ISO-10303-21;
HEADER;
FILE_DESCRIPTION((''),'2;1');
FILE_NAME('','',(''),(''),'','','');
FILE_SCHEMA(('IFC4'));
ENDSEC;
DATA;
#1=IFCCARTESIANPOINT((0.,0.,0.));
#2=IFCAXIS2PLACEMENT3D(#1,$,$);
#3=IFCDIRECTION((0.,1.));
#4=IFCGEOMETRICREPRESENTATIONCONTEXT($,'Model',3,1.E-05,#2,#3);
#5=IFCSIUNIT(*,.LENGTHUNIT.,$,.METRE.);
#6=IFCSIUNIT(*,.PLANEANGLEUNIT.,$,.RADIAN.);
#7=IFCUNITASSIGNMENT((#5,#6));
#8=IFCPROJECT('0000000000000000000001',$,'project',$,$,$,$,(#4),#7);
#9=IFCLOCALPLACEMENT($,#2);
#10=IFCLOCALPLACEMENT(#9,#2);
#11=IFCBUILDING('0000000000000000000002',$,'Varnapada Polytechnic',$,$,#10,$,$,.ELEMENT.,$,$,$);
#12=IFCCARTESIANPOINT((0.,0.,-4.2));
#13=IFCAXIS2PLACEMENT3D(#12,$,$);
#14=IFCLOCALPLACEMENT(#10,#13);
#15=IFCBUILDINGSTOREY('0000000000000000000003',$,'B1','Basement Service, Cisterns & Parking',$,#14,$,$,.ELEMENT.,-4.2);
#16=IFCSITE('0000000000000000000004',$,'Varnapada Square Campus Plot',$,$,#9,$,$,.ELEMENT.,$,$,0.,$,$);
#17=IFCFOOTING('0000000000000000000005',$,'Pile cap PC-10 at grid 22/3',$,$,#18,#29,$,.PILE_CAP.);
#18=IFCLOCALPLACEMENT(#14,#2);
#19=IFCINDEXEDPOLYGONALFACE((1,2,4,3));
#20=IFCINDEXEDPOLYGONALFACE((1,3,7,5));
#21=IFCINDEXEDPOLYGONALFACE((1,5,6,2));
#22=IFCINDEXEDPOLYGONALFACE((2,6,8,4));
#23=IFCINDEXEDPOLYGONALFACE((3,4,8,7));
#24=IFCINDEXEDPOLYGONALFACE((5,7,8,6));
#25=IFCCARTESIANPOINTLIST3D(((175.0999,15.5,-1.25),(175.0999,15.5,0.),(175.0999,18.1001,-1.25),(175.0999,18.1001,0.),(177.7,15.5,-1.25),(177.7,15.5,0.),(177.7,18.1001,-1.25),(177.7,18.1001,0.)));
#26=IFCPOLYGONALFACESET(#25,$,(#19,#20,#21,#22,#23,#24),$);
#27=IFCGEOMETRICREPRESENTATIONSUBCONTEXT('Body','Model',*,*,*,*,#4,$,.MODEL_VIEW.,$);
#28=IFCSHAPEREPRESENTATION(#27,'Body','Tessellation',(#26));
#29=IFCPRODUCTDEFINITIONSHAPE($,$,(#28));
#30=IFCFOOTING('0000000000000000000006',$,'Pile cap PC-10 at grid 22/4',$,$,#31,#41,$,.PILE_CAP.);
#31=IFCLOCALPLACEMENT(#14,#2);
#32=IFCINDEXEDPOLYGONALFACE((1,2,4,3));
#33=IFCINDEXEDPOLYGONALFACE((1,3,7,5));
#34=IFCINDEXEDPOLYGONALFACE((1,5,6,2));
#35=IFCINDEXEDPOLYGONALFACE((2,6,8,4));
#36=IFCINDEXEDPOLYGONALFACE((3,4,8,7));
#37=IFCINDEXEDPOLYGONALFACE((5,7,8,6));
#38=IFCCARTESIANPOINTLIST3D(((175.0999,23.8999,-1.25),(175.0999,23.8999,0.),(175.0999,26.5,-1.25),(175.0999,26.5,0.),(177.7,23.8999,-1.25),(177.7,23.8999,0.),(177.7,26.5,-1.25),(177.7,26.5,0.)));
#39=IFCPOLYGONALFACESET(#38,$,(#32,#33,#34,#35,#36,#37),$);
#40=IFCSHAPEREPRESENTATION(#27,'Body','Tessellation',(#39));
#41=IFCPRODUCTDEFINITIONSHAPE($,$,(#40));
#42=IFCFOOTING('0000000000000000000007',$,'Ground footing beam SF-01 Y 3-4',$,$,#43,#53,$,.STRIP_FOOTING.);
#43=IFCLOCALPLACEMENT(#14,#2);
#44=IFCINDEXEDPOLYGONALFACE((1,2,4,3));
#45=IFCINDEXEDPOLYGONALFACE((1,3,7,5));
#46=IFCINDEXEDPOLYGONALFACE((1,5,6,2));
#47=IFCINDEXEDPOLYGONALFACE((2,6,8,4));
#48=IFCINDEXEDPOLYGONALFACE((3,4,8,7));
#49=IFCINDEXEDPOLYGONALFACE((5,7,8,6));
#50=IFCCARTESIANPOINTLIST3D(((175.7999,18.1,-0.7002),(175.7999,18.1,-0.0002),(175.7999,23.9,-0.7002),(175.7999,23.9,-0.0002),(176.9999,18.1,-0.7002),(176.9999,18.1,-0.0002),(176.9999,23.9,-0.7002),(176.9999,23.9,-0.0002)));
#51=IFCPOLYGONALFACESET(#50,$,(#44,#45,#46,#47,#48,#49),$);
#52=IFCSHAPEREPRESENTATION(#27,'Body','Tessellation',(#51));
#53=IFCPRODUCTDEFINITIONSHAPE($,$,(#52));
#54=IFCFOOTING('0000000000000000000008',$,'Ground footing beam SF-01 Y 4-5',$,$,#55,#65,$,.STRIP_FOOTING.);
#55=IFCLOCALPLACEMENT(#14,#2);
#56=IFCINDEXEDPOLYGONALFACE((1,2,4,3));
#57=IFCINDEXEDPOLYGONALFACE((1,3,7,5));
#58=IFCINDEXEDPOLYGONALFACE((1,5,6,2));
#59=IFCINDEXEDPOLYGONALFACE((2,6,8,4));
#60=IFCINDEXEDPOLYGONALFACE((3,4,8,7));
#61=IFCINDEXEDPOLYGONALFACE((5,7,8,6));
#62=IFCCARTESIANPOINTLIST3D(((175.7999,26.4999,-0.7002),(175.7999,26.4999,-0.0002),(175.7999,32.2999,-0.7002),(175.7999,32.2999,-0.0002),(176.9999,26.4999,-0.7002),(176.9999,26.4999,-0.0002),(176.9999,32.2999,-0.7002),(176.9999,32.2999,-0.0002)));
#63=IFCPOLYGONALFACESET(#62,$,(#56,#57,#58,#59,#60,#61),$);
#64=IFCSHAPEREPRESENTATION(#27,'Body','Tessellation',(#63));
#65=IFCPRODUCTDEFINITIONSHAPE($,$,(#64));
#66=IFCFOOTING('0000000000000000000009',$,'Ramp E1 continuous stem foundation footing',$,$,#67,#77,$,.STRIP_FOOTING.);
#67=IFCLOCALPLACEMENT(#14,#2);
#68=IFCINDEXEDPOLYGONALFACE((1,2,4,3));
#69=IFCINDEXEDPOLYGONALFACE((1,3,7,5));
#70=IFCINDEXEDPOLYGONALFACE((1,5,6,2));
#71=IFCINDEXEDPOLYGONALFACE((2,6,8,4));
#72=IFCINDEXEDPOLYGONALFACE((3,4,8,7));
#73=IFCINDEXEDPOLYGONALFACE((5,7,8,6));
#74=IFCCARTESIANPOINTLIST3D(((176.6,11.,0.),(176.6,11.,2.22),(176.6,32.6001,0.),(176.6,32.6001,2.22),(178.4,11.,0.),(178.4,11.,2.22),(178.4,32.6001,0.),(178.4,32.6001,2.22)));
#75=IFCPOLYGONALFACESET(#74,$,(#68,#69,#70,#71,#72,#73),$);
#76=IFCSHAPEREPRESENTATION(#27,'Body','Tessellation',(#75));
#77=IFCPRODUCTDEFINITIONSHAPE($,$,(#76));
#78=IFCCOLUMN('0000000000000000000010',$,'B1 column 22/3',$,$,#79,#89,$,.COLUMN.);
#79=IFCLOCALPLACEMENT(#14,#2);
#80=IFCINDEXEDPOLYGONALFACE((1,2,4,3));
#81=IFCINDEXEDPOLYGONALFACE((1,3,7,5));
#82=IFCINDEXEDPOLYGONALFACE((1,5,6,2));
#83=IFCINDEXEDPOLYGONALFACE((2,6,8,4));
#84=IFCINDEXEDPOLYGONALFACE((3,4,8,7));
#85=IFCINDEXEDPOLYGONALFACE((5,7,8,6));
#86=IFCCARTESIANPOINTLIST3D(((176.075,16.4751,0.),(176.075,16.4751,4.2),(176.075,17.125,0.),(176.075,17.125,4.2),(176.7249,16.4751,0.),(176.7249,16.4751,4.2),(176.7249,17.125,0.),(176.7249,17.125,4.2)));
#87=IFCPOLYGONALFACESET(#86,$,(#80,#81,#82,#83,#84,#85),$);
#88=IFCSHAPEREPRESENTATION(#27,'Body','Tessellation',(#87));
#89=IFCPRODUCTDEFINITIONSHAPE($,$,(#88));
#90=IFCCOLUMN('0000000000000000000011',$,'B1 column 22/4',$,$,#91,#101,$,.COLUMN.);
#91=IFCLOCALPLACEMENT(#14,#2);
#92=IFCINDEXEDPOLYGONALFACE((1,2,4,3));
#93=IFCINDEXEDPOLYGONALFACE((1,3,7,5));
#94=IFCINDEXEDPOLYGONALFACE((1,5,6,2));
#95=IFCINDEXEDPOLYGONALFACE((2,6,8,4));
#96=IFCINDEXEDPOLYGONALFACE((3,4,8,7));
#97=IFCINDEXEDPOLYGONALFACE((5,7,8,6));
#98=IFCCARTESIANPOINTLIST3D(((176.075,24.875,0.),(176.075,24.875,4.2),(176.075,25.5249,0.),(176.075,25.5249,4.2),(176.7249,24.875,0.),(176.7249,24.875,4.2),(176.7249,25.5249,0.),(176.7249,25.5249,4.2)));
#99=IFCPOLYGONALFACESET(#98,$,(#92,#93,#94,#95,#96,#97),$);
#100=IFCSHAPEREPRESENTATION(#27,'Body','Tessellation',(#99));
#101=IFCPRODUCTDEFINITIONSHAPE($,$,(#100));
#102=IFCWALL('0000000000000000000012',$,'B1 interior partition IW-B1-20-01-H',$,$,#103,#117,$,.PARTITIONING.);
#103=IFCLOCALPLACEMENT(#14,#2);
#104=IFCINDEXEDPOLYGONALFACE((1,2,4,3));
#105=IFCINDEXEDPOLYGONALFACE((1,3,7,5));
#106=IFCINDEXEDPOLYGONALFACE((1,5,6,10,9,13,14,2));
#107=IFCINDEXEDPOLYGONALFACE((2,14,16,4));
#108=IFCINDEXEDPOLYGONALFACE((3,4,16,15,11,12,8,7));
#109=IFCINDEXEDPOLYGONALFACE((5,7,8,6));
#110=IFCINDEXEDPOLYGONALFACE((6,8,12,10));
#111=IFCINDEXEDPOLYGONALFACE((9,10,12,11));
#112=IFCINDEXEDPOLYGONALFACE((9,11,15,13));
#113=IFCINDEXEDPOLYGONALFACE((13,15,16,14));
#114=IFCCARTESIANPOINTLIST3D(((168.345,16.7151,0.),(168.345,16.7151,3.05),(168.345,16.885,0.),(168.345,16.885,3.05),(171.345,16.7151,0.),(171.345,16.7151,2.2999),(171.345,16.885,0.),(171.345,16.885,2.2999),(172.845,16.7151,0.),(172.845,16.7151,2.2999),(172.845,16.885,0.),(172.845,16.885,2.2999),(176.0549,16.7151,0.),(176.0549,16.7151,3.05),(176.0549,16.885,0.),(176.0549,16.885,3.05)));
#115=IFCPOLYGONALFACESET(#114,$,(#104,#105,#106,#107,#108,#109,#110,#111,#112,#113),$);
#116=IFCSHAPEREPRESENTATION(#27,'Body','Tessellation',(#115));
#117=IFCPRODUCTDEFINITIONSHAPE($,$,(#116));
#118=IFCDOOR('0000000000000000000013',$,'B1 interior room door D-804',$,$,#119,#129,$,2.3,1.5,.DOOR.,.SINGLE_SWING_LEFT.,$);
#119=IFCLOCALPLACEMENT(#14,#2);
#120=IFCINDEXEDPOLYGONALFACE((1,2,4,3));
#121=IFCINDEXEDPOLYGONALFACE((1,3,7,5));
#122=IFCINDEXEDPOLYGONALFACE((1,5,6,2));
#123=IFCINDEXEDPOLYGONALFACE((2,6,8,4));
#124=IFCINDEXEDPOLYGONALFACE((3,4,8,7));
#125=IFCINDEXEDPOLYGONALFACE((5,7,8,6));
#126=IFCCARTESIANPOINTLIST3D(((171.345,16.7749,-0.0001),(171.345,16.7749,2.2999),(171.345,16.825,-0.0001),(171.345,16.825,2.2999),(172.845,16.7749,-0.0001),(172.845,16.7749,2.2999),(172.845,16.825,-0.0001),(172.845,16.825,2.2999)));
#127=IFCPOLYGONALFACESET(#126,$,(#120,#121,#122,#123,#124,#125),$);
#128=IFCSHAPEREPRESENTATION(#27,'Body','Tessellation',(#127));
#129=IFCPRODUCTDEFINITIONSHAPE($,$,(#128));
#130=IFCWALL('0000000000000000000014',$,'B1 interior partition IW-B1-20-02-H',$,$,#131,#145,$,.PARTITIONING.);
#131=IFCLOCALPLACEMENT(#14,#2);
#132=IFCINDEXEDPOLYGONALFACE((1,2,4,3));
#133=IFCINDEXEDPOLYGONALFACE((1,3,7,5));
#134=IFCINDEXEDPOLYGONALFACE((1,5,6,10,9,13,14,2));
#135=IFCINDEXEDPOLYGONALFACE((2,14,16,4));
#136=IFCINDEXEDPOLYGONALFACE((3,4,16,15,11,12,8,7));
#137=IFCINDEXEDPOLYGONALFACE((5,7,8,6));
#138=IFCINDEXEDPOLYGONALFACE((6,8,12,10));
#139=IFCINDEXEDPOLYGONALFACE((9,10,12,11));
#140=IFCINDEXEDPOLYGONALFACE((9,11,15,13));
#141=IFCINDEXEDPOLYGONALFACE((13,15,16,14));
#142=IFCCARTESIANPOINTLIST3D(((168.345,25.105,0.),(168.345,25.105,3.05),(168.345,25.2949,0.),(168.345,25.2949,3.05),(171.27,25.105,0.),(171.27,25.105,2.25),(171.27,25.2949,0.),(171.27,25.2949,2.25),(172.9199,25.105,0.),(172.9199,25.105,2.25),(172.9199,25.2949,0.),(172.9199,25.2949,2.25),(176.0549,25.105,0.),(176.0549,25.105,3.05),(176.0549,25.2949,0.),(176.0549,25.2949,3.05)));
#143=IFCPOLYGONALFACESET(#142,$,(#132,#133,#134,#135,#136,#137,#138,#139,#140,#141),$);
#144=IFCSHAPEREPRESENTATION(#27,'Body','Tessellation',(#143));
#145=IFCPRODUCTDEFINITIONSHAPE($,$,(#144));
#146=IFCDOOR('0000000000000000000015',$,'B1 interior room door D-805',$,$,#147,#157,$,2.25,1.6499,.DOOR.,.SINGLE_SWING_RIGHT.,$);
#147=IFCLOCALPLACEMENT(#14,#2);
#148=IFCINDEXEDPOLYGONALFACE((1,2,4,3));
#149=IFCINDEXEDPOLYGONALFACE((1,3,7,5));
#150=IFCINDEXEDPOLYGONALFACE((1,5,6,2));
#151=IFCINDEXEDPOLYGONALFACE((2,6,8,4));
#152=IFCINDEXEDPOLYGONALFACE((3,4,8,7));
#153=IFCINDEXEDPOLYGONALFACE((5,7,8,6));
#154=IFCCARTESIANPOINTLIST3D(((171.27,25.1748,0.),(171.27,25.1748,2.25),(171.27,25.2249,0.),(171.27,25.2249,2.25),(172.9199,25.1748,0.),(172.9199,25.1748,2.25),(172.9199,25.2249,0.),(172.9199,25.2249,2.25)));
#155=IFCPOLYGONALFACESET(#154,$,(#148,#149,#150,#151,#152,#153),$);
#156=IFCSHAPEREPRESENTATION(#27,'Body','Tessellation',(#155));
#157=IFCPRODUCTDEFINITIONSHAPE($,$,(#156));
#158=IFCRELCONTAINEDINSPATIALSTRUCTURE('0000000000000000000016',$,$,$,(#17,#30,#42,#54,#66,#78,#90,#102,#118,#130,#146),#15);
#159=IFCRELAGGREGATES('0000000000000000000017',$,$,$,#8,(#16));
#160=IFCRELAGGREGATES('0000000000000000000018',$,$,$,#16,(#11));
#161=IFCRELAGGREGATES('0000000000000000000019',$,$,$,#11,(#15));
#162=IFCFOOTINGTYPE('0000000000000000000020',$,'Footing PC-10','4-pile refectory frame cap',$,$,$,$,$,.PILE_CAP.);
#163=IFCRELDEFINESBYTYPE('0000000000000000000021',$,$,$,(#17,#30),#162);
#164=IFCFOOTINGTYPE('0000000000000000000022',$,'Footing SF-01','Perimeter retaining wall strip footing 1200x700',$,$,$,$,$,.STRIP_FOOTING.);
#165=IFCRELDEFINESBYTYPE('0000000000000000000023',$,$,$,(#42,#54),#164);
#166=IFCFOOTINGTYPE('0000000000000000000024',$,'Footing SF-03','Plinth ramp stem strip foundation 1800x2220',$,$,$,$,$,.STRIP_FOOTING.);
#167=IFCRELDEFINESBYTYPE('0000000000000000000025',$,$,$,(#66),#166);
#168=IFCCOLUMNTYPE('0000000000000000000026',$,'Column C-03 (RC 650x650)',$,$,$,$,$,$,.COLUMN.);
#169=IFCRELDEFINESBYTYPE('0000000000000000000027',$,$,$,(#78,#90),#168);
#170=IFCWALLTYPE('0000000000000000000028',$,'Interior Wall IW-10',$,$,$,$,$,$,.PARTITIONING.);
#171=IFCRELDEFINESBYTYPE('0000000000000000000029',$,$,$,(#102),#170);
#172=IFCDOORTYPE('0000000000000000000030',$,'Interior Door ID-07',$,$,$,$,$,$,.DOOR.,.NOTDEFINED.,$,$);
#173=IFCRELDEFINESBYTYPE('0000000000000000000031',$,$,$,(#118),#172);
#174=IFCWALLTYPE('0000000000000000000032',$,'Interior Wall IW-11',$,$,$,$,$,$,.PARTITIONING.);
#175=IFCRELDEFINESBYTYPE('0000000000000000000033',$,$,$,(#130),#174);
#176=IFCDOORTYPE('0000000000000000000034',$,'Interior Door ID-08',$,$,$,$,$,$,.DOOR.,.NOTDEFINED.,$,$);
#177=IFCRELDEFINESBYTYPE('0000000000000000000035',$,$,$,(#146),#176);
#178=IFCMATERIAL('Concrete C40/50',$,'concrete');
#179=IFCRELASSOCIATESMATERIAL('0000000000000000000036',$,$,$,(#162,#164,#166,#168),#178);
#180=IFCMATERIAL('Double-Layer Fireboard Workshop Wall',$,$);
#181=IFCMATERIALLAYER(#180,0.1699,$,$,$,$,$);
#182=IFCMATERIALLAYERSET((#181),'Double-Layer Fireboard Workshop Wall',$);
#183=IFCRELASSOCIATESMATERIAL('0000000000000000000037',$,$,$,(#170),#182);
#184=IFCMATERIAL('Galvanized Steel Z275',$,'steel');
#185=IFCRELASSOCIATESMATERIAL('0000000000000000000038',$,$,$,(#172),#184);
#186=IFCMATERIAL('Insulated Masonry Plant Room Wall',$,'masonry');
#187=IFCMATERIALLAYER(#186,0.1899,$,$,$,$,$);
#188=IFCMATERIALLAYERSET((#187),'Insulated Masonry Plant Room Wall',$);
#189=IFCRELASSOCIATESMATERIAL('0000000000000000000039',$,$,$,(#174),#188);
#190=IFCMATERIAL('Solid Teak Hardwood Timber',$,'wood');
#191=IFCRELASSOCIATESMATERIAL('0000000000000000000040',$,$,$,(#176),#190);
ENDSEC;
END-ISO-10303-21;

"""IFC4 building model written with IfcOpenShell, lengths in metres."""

from ifc_helpers import new_model, si_unit, direction, frame, frame_2d, origin, origin_2d, place, context, subcontext, project, spatial, rectangle, extrude, material, layer, layer_set, material_profile, profile_set, type_object, element, fill, save


model = new_model("IFC4")

# Units and contexts
model_context = context("Model", 3, precision=1e-05, world=origin(), true_north=direction((0.0, 1.0)))
body_context = subcontext(model_context, "Body", "Model", "MODEL_VIEW")
ifc_project = project(units=[si_unit("LENGTHUNIT", "METRE"), si_unit("PLANEANGLEUNIT", "RADIAN")], contexts=[model_context])

# Site, building, storey
site_placement = place(None, origin())
site = spatial("IfcSite", under=ifc_project, at=site_placement, Name="Varnapada Square Campus Plot", CompositionType="ELEMENT", RefElevation=0.0)
building_placement = place(site_placement, origin())
building = spatial("IfcBuilding", under=site, at=building_placement, Name="Varnapada Polytechnic", CompositionType="ELEMENT")
storey_placement = place(building_placement, frame((0.0, 0.0, -4.2)))
storey = spatial("IfcBuildingStorey", under=building, at=storey_placement, Name="B1", Description="Basement Service, Cisterns & Parking", CompositionType="ELEMENT", Elevation=-4.2)

# Shared definitions
ifc_material_1 = material(Name="Concrete C40/50", Category="concrete")

# Footings
footing_type_1 = type_object("IfcFootingType", Name="Footing PC-10", Description="4-pile refectory frame cap", PredefinedType="PILE_CAP", material=ifc_material_1)
for number, where, z_axis, x_axis, name in (
    (1, (176.3999, 16.8, -1.25), (0.0, 0.0, 1.0), (1.0, 0.0, 0.0), "Pile cap PC-10 at grid 22/3"),
    (2, (176.3999, 25.2, -1.25), (0.0, 0.0, 1.0), (1.0, 0.0, 0.0), "Pile cap PC-10 at grid 22/4"),
):
    element("IfcFooting", number, at=place(storey_placement, frame(where, z_axis=z_axis, x_axis=x_axis)), inside=storey, type_object=footing_type_1, Name=name, PredefinedType="PILE_CAP", context=body_context, shape_type="SweptSolid", body=[
        extrude(rectangle(XDim=2.6001, YDim=2.6001, at=origin_2d()), origin(), (0.0, 0.0, 1.0), 1.25),
    ])
footing_type_2 = type_object("IfcFootingType", Name="Footing SF-01", Description="Perimeter retaining wall strip footing 1200x700", PredefinedType="STRIP_FOOTING", material=ifc_material_1)
for number, where, z_axis, x_axis, name in (
    (3, (176.3999, 21.0, -0.7002), (0.0, 0.0, 1.0), (0.0, 1.0, 0.0), "Ground footing beam SF-01 Y 3-4"),
    (4, (176.3999, 29.3999, -0.7002), (0.0, 0.0, 1.0), (0.0, 1.0, 0.0), "Ground footing beam SF-01 Y 4-5"),
):
    element("IfcFooting", number, at=place(storey_placement, frame(where, z_axis=z_axis, x_axis=x_axis)), inside=storey, type_object=footing_type_2, Name=name, PredefinedType="STRIP_FOOTING", context=body_context, shape_type="SweptSolid", body=[
        extrude(rectangle(XDim=5.8, YDim=1.2, at=origin_2d()), origin(), (0.0, 0.0, 1.0), 0.7),
    ])
footing_type_3 = type_object("IfcFootingType", Name="Footing SF-03", Description="Plinth ramp stem strip foundation 1800x2220", PredefinedType="STRIP_FOOTING", material=ifc_material_1)
footing_1_placement = place(storey_placement, frame((177.5, 21.8, 0.0), z_axis=(0.0, 0.0, 1.0), x_axis=(0.0, 1.0, 0.0)))
element("IfcFooting", 5, at=footing_1_placement, inside=storey, type_object=footing_type_3, Name="Ramp E1 continuous stem foundation footing", PredefinedType="STRIP_FOOTING", context=body_context, shape_type="SweptSolid", body=[
    extrude(rectangle(XDim=21.6001, YDim=1.8, at=origin_2d()), origin(), (0.0, 0.0, 1.0), 2.22),
])

# Columns
ifc_material_profile_1 = material_profile(ifc_material_1, rectangle(XDim=0.6499, YDim=0.6499, at=origin_2d()), Name="RC 650x650")
ifc_profile_set_1 = profile_set([ifc_material_profile_1], Name="Concrete C40/50")
column_type = type_object("IfcColumnType", Name="Column C-03 (RC 650x650)", PredefinedType="COLUMN", material=ifc_profile_set_1)
for number, where, z_axis, x_axis, name in (
    (6, (176.3999, 16.8, 0.0), (0.0, 0.0, 1.0), (1.0, 0.0, 0.0), "B1 column 22/3"),
    (7, (176.3999, 25.2, 0.0), (0.0, 0.0, 1.0), (1.0, 0.0, 0.0), "B1 column 22/4"),
):
    element("IfcColumn", number, at=place(storey_placement, frame(where, z_axis=z_axis, x_axis=x_axis)), inside=storey, type_object=column_type, Name=name, PredefinedType="COLUMN", context=body_context, shape_type="SweptSolid", body=[
        extrude(rectangle(XDim=0.6499, YDim=0.6499, at=origin_2d()), origin(), (0.0, 0.0, 1.0), 4.2),
    ])

# Walls, openings, doors
ifc_material_2 = material(Name="Double-Layer Fireboard Workshop Wall")
ifc_layer_1 = layer(ifc_material_2, 0.1699)
ifc_layer_set_1 = layer_set([ifc_layer_1], Name="Double-Layer Fireboard Workshop Wall")
wall_type_1 = type_object("IfcWallType", Name="Interior Wall IW-10", PredefinedType="PARTITIONING", material=ifc_layer_set_1)
wall_1_placement = place(storey_placement, frame((168.345, 16.8, 0.0), z_axis=(0.0, 0.0, 1.0), x_axis=(1.0, 0.0, 0.0)))
wall_1 = element("IfcWall", 8, at=wall_1_placement, inside=storey, type_object=wall_type_1, Name="B1 interior partition IW-B1-20-01-H", PredefinedType="PARTITIONING", context=body_context, shape_type="SweptSolid", body=[
    extrude(rectangle(XDim=7.71, YDim=0.1699, at=frame_2d((3.855, 0.0))), origin(), (0.0, 0.0, 1.0), 3.05),
])
opening_1_placement = place(wall_1_placement, frame((3.0, 0.0, 0.0)))
opening_1 = element("IfcOpeningElement", 9, at=opening_1_placement, cuts=wall_1, PredefinedType="OPENING", context=body_context, shape_type="SweptSolid", body=[
    extrude(rectangle(XDim=1.5, YDim=2.3, at=frame_2d((0.75, 1.1499))), frame((0.0, 0.095, 0.0), z_axis=(0.0, -1.0, 0.0), x_axis=(1.0, 0.0, 0.0)), (0.0, 0.0, 1.0), 0.1899),
])
ifc_material_3 = material(Name="Galvanized Steel Z275", Category="steel")
door_type_1 = type_object("IfcDoorType", Name="Interior Door ID-07", OperationType="NOTDEFINED", PredefinedType="DOOR", material=ifc_material_3)
door_1_placement = place(opening_1_placement, origin())
door_1 = element("IfcDoor", 10, at=door_1_placement, inside=storey, type_object=door_type_1, Name="B1 interior room door D-804", OperationType="SINGLE_SWING_LEFT", OverallHeight=2.3, OverallWidth=1.5, PredefinedType="DOOR", context=body_context, shape_type="SweptSolid", body=[
    extrude(rectangle(XDim=1.5, YDim=2.3, at=frame_2d((0.75, 1.1499))), frame((0.0, 0.0249, 0.0), z_axis=(0.0, -1.0, 0.0), x_axis=(1.0, 0.0, 0.0)), (0.0, 0.0, 1.0), 0.05),
])
fill(opening_1, door_1)
ifc_material_4 = material(Name="Insulated Masonry Plant Room Wall", Category="masonry")
ifc_layer_2 = layer(ifc_material_4, 0.1899)
ifc_layer_set_2 = layer_set([ifc_layer_2], Name="Insulated Masonry Plant Room Wall")
wall_type_2 = type_object("IfcWallType", Name="Interior Wall IW-11", PredefinedType="PARTITIONING", material=ifc_layer_set_2)
wall_2_placement = place(storey_placement, frame((168.345, 25.2, 0.0), z_axis=(0.0, 0.0, 1.0), x_axis=(1.0, 0.0, 0.0)))
wall_2 = element("IfcWall", 11, at=wall_2_placement, inside=storey, type_object=wall_type_2, Name="B1 interior partition IW-B1-20-02-H", PredefinedType="PARTITIONING", context=body_context, shape_type="SweptSolid", body=[
    extrude(rectangle(XDim=7.71, YDim=0.1899, at=frame_2d((3.855, 0.0))), origin(), (0.0, 0.0, 1.0), 3.05),
])
opening_2_placement = place(wall_2_placement, frame((2.925, 0.0, 0.0)))
opening_2 = element("IfcOpeningElement", 12, at=opening_2_placement, cuts=wall_2, PredefinedType="OPENING", context=body_context, shape_type="SweptSolid", body=[
    extrude(rectangle(XDim=1.6499, YDim=2.25, at=frame_2d((0.825, 1.125))), frame((0.0, 0.105, 0.0), z_axis=(0.0, -1.0, 0.0), x_axis=(1.0, 0.0, 0.0)), (0.0, 0.0, 1.0), 0.21),
])
ifc_material_5 = material(Name="Solid Teak Hardwood Timber", Category="wood")
door_type_2 = type_object("IfcDoorType", Name="Interior Door ID-08", OperationType="NOTDEFINED", PredefinedType="DOOR", material=ifc_material_5)
door_2_placement = place(opening_2_placement, origin())
door_2 = element("IfcDoor", 13, at=door_2_placement, inside=storey, type_object=door_type_2, Name="B1 interior room door D-805", OperationType="SINGLE_SWING_RIGHT", OverallHeight=2.25, OverallWidth=1.6499, PredefinedType="DOOR", context=body_context, shape_type="SweptSolid", body=[
    extrude(rectangle(XDim=1.6499, YDim=2.25, at=frame_2d((0.825, 1.125))), frame((0.0, 0.0249, 0.0), z_axis=(0.0, -1.0, 0.0), x_axis=(1.0, 0.0, 0.0)), (0.0, 0.0, 1.0), 0.05),
])
fill(opening_2, door_2)

save(model, "model.ifc")
